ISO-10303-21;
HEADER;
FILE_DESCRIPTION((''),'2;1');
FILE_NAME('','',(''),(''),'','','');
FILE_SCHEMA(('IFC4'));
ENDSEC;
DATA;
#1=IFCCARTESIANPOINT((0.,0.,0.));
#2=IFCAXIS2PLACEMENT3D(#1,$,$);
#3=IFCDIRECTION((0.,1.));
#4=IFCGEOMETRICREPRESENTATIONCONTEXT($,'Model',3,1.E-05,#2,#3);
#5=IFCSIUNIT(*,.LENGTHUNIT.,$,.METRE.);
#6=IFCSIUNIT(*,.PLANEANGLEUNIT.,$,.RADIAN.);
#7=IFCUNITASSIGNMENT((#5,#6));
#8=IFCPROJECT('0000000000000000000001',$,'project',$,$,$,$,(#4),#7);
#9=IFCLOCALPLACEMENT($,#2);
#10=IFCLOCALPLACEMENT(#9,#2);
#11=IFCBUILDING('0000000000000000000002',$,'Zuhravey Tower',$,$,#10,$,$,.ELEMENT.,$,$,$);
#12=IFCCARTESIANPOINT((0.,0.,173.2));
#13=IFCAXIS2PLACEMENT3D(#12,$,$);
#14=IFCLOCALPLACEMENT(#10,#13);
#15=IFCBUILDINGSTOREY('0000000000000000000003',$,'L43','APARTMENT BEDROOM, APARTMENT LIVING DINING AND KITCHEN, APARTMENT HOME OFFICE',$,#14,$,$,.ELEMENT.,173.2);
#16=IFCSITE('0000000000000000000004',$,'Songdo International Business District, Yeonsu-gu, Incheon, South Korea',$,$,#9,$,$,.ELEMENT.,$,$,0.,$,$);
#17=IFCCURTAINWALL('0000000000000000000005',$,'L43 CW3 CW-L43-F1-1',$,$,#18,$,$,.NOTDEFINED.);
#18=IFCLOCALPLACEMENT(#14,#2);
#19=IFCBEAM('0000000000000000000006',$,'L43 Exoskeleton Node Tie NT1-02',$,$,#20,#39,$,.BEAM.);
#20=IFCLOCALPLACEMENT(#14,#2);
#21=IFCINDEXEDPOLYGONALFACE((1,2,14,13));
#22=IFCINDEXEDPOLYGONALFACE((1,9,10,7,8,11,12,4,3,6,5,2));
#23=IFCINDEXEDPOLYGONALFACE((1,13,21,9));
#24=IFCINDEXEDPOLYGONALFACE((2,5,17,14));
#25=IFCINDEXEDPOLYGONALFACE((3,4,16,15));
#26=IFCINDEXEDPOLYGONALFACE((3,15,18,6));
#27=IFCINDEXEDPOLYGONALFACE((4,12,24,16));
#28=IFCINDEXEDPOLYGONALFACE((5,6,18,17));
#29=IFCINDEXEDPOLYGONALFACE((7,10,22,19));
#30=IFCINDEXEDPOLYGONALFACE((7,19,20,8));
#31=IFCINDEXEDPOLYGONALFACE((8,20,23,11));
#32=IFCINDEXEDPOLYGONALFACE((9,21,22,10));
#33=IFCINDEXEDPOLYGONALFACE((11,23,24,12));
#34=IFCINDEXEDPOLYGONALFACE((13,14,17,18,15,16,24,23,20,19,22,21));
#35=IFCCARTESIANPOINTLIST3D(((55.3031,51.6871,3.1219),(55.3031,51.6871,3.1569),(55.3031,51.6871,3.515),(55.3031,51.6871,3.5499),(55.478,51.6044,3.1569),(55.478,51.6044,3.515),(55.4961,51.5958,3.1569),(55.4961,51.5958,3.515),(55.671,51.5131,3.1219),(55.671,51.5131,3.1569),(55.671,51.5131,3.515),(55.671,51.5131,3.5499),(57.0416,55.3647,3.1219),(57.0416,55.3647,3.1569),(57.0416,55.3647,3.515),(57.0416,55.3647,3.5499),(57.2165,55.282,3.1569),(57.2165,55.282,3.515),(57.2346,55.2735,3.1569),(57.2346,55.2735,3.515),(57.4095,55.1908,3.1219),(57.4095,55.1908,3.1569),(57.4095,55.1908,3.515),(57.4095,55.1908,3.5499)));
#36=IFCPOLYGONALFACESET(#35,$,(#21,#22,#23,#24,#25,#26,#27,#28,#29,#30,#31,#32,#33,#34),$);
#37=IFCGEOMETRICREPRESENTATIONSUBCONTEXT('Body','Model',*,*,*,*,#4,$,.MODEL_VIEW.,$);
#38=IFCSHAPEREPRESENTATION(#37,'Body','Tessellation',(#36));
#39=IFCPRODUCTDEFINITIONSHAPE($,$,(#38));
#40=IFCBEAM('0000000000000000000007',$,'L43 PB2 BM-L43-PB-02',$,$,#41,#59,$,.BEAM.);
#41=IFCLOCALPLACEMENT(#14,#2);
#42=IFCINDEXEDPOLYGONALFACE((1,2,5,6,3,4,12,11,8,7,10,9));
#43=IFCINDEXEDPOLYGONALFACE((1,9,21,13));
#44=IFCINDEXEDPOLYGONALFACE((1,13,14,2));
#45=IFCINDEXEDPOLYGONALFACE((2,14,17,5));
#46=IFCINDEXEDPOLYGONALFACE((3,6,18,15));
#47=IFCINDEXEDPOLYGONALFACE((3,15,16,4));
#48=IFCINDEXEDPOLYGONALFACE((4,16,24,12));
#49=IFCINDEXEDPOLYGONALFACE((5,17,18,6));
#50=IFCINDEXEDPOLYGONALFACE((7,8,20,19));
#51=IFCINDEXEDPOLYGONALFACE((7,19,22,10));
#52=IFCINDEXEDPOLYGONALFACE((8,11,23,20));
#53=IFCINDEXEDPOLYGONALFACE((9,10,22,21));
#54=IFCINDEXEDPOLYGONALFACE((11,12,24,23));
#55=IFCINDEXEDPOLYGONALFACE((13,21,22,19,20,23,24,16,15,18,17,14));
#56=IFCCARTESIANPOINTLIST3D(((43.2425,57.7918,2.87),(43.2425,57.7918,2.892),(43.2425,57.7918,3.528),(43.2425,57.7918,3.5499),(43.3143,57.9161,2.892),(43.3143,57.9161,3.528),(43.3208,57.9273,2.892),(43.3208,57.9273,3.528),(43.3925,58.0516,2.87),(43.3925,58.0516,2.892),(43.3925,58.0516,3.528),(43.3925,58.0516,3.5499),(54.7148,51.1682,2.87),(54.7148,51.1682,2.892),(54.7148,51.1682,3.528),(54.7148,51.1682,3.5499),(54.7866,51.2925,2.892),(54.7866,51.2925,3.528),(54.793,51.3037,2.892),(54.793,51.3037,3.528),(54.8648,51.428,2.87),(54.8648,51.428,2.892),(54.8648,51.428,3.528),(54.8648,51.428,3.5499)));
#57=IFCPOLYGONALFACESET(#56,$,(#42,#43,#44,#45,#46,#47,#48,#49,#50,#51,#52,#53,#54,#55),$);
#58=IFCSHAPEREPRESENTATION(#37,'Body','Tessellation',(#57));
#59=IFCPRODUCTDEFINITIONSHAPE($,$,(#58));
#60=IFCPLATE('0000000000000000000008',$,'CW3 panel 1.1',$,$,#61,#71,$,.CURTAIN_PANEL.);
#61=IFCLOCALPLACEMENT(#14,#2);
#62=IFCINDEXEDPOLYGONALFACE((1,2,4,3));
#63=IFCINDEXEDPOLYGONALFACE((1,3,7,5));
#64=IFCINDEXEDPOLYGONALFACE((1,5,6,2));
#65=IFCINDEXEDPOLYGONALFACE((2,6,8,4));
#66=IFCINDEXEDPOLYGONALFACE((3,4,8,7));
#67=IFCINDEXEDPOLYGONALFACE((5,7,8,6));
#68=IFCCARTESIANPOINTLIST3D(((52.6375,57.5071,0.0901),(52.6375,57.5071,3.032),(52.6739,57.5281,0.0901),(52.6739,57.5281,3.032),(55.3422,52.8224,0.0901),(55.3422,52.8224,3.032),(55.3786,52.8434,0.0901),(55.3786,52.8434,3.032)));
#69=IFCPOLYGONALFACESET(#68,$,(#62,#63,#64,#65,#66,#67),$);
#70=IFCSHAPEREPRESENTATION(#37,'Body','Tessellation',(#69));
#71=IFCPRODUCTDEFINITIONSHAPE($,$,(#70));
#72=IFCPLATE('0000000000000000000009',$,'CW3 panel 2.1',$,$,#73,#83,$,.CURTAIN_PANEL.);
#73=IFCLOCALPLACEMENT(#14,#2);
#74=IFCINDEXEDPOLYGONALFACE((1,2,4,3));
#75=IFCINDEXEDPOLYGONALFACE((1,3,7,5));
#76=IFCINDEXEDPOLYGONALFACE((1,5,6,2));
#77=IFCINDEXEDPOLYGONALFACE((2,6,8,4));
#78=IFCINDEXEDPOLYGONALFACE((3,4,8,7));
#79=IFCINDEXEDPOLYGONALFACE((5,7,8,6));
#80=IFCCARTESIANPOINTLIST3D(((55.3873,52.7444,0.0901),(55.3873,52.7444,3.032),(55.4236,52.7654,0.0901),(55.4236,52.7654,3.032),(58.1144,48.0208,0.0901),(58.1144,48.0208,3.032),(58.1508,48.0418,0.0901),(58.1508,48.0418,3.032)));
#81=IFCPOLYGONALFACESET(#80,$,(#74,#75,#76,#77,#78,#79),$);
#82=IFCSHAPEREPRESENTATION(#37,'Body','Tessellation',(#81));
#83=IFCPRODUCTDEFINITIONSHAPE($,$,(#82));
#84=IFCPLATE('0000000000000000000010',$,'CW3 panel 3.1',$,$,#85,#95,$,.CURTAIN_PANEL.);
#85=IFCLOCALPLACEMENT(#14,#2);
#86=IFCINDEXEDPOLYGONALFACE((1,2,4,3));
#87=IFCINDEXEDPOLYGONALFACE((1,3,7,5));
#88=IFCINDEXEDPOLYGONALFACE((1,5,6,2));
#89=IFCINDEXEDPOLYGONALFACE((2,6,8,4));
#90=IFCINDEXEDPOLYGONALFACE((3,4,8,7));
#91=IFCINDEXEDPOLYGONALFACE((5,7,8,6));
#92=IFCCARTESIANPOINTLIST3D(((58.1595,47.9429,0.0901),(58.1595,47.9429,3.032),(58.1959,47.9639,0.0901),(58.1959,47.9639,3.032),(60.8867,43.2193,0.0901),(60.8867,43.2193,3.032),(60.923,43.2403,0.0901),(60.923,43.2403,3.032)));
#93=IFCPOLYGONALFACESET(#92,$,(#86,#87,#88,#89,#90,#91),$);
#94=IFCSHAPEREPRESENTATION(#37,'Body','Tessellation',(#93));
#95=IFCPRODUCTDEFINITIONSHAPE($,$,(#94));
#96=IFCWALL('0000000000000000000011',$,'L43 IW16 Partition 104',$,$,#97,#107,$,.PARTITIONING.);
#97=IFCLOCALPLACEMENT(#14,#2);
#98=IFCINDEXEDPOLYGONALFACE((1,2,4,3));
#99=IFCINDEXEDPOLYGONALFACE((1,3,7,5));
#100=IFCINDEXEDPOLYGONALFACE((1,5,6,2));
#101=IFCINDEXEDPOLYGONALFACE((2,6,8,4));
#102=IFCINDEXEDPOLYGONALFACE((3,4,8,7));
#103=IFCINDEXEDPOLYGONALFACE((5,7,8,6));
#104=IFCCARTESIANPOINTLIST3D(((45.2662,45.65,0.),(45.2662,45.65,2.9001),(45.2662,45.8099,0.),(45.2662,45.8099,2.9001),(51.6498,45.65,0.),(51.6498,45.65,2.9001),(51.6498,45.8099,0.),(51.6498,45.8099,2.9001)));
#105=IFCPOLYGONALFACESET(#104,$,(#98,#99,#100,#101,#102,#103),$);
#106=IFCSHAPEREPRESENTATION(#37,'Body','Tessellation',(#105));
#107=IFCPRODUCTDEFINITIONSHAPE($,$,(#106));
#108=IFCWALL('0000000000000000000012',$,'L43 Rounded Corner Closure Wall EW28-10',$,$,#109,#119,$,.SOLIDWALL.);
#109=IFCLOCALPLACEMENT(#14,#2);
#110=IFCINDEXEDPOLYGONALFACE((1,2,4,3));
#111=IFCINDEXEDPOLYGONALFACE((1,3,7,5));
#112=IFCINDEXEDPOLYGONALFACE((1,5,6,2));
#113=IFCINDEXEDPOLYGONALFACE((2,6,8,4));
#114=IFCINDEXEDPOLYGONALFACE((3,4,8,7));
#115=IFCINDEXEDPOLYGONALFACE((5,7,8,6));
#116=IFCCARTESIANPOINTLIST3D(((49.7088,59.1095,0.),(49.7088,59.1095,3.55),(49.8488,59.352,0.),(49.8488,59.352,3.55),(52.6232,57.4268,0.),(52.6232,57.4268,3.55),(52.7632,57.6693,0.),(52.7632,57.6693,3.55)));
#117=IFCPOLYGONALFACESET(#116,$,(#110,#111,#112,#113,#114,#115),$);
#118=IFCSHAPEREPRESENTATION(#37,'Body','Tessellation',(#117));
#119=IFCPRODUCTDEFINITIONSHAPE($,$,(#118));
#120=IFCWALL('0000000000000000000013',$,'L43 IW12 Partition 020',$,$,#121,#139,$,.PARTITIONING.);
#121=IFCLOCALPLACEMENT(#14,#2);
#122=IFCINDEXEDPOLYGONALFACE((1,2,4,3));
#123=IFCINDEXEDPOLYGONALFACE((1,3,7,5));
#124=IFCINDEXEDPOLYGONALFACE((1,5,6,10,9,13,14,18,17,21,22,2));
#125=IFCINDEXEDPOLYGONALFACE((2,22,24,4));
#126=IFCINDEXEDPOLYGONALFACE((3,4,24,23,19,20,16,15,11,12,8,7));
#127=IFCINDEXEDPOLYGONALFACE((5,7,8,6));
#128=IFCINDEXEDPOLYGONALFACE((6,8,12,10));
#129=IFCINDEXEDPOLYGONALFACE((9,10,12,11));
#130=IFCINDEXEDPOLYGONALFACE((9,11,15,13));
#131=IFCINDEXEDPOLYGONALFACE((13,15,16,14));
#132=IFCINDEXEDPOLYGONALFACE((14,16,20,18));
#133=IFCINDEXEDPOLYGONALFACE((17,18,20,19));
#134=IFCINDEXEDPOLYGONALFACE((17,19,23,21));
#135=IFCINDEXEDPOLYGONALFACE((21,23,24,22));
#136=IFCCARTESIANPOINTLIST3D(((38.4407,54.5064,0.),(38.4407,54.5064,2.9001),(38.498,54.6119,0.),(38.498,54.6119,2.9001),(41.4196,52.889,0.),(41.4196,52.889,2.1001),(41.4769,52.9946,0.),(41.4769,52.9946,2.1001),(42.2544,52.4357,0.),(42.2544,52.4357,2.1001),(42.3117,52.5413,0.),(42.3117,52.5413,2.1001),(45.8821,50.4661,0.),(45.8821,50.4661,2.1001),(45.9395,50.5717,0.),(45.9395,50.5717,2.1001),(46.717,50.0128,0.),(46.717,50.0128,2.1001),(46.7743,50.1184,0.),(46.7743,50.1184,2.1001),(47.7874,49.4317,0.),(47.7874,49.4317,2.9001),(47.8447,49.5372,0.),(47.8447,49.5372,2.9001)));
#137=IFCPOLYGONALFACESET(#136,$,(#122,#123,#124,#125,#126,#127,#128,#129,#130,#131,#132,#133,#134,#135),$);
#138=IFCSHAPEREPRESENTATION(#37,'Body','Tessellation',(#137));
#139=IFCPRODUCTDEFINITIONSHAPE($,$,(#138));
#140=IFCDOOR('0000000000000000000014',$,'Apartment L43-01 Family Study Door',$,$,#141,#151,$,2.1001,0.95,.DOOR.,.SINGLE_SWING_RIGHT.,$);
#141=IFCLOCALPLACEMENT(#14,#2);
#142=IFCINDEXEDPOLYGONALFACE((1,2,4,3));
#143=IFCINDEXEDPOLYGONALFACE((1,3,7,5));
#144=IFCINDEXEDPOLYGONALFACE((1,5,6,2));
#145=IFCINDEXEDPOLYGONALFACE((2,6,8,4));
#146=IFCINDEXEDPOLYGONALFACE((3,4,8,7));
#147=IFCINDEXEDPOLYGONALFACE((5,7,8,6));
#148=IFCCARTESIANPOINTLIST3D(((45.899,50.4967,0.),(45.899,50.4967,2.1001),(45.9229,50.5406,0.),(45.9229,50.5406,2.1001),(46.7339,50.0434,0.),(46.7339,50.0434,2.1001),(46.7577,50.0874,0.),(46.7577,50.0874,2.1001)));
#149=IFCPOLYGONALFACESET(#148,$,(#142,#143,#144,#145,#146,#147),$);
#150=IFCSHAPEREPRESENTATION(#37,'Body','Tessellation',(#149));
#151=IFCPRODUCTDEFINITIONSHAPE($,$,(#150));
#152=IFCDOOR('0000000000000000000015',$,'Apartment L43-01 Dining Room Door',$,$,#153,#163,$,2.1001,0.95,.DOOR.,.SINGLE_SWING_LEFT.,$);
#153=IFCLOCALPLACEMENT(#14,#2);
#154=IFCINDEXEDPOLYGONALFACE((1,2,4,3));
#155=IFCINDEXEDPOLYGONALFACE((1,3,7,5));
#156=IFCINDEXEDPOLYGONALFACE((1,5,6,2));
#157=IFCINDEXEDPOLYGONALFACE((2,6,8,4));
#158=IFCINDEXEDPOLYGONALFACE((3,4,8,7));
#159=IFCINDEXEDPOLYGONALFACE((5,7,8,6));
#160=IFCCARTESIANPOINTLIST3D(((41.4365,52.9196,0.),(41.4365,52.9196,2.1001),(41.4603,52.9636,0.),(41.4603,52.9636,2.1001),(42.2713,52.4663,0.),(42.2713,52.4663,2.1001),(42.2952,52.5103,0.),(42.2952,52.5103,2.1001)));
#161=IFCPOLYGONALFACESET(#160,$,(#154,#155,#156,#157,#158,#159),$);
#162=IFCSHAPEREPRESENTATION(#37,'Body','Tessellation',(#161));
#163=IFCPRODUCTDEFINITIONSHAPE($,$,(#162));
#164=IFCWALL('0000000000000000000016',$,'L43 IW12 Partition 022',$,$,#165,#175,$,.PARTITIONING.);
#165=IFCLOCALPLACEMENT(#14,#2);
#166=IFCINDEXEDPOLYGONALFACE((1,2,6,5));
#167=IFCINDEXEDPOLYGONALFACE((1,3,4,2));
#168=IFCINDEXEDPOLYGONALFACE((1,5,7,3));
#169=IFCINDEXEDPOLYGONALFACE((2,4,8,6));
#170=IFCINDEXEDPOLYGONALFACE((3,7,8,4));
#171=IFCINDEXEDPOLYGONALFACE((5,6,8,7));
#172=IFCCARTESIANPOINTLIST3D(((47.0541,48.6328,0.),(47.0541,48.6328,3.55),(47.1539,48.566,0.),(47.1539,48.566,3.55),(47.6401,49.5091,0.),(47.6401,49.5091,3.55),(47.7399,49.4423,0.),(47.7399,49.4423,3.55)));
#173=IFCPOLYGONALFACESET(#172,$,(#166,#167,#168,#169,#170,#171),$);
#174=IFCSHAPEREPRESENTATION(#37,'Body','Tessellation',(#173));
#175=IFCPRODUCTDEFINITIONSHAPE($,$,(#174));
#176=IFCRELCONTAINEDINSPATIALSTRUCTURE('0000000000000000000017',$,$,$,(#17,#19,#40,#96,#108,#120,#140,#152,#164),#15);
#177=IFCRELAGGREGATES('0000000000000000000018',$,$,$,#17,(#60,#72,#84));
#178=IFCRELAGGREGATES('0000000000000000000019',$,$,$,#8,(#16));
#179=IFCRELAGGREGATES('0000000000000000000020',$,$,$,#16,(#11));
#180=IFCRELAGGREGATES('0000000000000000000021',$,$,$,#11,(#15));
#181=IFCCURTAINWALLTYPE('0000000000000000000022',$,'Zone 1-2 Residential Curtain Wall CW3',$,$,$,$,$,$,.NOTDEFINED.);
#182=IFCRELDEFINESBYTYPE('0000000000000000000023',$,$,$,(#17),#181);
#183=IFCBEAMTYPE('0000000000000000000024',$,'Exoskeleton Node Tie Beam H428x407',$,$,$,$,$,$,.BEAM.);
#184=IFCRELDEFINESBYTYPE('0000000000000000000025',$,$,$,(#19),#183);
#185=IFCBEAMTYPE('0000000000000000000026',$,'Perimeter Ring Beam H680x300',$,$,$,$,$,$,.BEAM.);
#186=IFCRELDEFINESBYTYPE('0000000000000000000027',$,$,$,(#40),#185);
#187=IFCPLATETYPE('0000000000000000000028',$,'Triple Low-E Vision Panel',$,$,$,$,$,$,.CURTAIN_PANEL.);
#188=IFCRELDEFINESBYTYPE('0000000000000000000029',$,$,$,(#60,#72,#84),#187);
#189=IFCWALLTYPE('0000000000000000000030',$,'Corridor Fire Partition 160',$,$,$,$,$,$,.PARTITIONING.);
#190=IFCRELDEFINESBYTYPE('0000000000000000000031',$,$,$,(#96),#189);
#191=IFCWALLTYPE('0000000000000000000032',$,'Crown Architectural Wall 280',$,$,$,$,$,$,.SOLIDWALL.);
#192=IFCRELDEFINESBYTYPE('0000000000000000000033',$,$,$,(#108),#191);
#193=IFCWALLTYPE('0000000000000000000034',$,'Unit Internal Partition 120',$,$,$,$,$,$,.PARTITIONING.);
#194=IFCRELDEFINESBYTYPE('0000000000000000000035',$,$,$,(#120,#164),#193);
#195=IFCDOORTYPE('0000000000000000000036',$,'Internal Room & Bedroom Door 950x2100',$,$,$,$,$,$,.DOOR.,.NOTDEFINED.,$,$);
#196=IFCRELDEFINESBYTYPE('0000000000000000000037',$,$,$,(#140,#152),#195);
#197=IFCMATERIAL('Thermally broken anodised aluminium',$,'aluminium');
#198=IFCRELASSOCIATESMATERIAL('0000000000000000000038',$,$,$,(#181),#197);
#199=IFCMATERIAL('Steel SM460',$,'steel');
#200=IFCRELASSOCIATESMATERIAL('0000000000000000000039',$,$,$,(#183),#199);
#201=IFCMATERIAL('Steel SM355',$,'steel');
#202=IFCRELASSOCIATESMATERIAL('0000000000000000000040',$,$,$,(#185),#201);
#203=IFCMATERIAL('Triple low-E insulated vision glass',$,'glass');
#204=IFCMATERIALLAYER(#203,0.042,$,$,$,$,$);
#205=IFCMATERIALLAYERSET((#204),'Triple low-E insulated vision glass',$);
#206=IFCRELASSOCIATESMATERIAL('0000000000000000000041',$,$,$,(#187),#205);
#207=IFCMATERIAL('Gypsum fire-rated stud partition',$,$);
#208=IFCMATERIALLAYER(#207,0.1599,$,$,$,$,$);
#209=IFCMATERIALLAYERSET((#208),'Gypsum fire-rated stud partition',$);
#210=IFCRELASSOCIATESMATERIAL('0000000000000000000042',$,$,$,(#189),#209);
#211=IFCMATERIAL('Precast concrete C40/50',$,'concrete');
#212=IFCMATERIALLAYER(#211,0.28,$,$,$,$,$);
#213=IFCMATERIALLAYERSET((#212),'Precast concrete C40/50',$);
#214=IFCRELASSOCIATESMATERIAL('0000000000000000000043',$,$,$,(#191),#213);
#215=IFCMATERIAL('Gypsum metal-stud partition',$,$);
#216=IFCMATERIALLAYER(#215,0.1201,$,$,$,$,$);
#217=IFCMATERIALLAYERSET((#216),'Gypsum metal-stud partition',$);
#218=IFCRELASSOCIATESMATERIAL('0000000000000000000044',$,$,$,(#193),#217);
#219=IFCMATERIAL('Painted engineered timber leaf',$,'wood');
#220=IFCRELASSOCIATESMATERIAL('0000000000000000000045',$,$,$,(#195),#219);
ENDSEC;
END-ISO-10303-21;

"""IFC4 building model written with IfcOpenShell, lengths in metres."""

from ifc_helpers import new_model, si_unit, direction, frame, frame_2d, origin, origin_2d, place, context, subcontext, project, spatial, rectangle, i_section, extrude, material, layer, layer_set, material_profile, profile_set, type_object, element, fill, aggregate, save


model = new_model("IFC4")

# Units and contexts
model_context = context("Model", 3, precision=1e-05, world=origin(), true_north=direction((0.0, 1.0)))
body_context = subcontext(model_context, "Body", "Model", "MODEL_VIEW")
ifc_project = project(units=[si_unit("LENGTHUNIT", "METRE"), si_unit("PLANEANGLEUNIT", "RADIAN")], contexts=[model_context])

# Site, building, storey
site_placement = place(None, origin())
site = spatial("IfcSite", under=ifc_project, at=site_placement, Name="Songdo International Business District, Yeonsu-gu, Incheon, South Korea", CompositionType="ELEMENT", RefElevation=0.0)
building_placement = place(site_placement, origin())
building = spatial("IfcBuilding", under=site, at=building_placement, Name="Zuhravey Tower", CompositionType="ELEMENT")
storey_placement = place(building_placement, frame((0.0, 0.0, 173.2)))
storey = spatial("IfcBuildingStorey", under=building, at=storey_placement, Name="L43", Description="APARTMENT BEDROOM, APARTMENT LIVING DINING AND KITCHEN, APARTMENT HOME OFFICE", CompositionType="ELEMENT", Elevation=173.2)

# Shared definitions
ifc_material_1 = material(Name="Thermally broken anodised aluminium", Category="aluminium")
curtain_wall_type = type_object("IfcCurtainWallType", Name="Zone 1-2 Residential Curtain Wall CW3", PredefinedType="NOTDEFINED", material=ifc_material_1)

# Curtain wall
curtain_wall_1_placement = place(storey_placement, origin())
curtain_wall_1 = element("IfcCurtainWall", 1, at=curtain_wall_1_placement, inside=storey, type_object=curtain_wall_type, Name="L43 CW3 CW-L43-F1-1", PredefinedType="NOTDEFINED")

# Beams
ifc_material_2 = material(Name="Steel SM460", Category="steel")
ifc_material_profile_1 = material_profile(ifc_material_2, i_section(OverallWidth=0.407, OverallDepth=0.428, WebThickness=0.02, FlangeThickness=0.0349, at=origin_2d()), Name="H-428x407x20x35")
ifc_profile_set_1 = profile_set([ifc_material_profile_1], Name="Steel SM460")
beam_type_1 = type_object("IfcBeamType", Name="Exoskeleton Node Tie Beam H428x407", PredefinedType="BEAM", material=ifc_profile_set_1)
beam_1_placement = place(storey_placement, frame((55.4871, 51.6001, 3.3359), z_axis=(0.427372, 0.904076, 0.0), x_axis=(-0.904076, 0.427372, 0.0)))
element("IfcBeam", 2, at=beam_1_placement, inside=storey, type_object=beam_type_1, Name="L43 Exoskeleton Node Tie NT1-02", PredefinedType="BEAM", context=body_context, shape_type="SweptSolid", body=[
    extrude(i_section(OverallWidth=0.407, OverallDepth=0.428, WebThickness=0.02, FlangeThickness=0.0349, at=origin_2d()), origin(), (0.0, 0.0, 1.0), 4.0679),
])
ifc_material_3 = material(Name="Steel SM355", Category="steel")
ifc_material_profile_2 = material_profile(ifc_material_3, i_section(OverallWidth=0.3, OverallDepth=0.6799, WebThickness=0.0129, FlangeThickness=0.022, at=origin_2d()), Name="H-680x300x13x22")
ifc_profile_set_2 = profile_set([ifc_material_profile_2], Name="Steel SM355")
beam_type_2 = type_object("IfcBeamType", Name="Perimeter Ring Beam H680x300", PredefinedType="BEAM", material=ifc_profile_set_2)
beam_2_placement = place(storey_placement, frame((54.7898, 51.2981, 3.21), z_axis=(-0.866023, 0.500004, 0.0), x_axis=(-0.500004, -0.866023, 0.0)))
element("IfcBeam", 3, at=beam_2_placement, inside=storey, type_object=beam_type_2, Name="L43 PB2 BM-L43-PB-02", PredefinedType="BEAM", context=body_context, shape_type="SweptSolid", body=[
    extrude(i_section(OverallWidth=0.3, OverallDepth=0.6799, WebThickness=0.0129, FlangeThickness=0.022, at=origin_2d()), origin(), (0.0, 0.0, 1.0), 13.2471),
])

# Plates
ifc_material_4 = material(Name="Triple low-E insulated vision glass", Category="glass")
ifc_layer_1 = layer(ifc_material_4, 0.042)
ifc_layer_set_1 = layer_set([ifc_layer_1], Name="Triple low-E insulated vision glass")
plate_type = type_object("IfcPlateType", Name="Triple Low-E Vision Panel", PredefinedType="CURTAIN_PANEL", material=ifc_layer_set_1)
plate_1_placement = place(storey_placement, frame((54.0081, 55.1753, 0.0901), z_axis=(0.0, 0.0, 1.0), x_axis=(0.5, -0.866025, 0.0)))
plate_1 = element("IfcPlate", 4, at=plate_1_placement, type_object=plate_type, Name="CW3 panel 1.1", PredefinedType="CURTAIN_PANEL", context=body_context, shape_type="SweptSolid", body=[
    extrude(rectangle(XDim=5.4094, YDim=0.042, at=origin_2d()), origin(), (0.0, 0.0, 1.0), 2.9419),
])
plate_2_placement = place(storey_placement, frame((56.769, 50.3931, 0.0901), z_axis=(0.0, 0.0, 1.0), x_axis=(0.5, -0.866025, 0.0)))
plate_2 = element("IfcPlate", 5, at=plate_2_placement, type_object=plate_type, Name="CW3 panel 2.1", PredefinedType="CURTAIN_PANEL", context=body_context, shape_type="SweptSolid", body=[
    extrude(rectangle(XDim=5.4543, YDim=0.042, at=origin_2d()), origin(), (0.0, 0.0, 1.0), 2.9419),
])
plate_3_placement = place(storey_placement, frame((59.5413, 45.5916, 0.0901), z_axis=(0.0, 0.0, 1.0), x_axis=(0.5, -0.866025, 0.0)))
plate_3 = element("IfcPlate", 6, at=plate_3_placement, type_object=plate_type, Name="CW3 panel 3.1", PredefinedType="CURTAIN_PANEL", context=body_context, shape_type="SweptSolid", body=[
    extrude(rectangle(XDim=5.4543, YDim=0.042, at=origin_2d()), origin(), (0.0, 0.0, 1.0), 2.9419),
])
aggregate(curtain_wall_1, [plate_1, plate_2, plate_3])

# Walls
ifc_material_5 = material(Name="Gypsum fire-rated stud partition")
ifc_layer_2 = layer(ifc_material_5, 0.1599)
ifc_layer_set_2 = layer_set([ifc_layer_2], Name="Gypsum fire-rated stud partition")
wall_type_1 = type_object("IfcWallType", Name="Corridor Fire Partition 160", PredefinedType="PARTITIONING", material=ifc_layer_set_2)
wall_1_placement = place(storey_placement, frame((51.6499, 45.73, 0.0), z_axis=(0.0, 0.0, 1.0), x_axis=(-1.0, 0.0, 0.0)))
element("IfcWall", 7, at=wall_1_placement, inside=storey, type_object=wall_type_1, Name="L43 IW16 Partition 104", PredefinedType="PARTITIONING", context=body_context, shape_type="SweptSolid", body=[
    extrude(rectangle(XDim=6.3835, YDim=0.1599, at=frame_2d((3.1919, 0.0))), origin(), (0.0, 0.0, 1.0), 2.9001),
])
ifc_material_6 = material(Name="Precast concrete C40/50", Category="concrete")
ifc_layer_3 = layer(ifc_material_6, 0.28)
ifc_layer_set_3 = layer_set([ifc_layer_3], Name="Precast concrete C40/50")
wall_type_2 = type_object("IfcWallType", Name="Crown Architectural Wall 280", PredefinedType="SOLIDWALL", material=ifc_layer_set_3)
wall_2_placement = place(storey_placement, frame((49.7788, 59.2307, 0.0), z_axis=(0.0, 0.0, 1.0), x_axis=(0.86602, -0.500009, 0.0)))
element("IfcWall", 8, at=wall_2_placement, inside=storey, type_object=wall_type_2, Name="L43 Rounded Corner Closure Wall EW28-10", PredefinedType="SOLIDWALL", context=body_context, shape_type="SweptSolid", body=[
    extrude(rectangle(XDim=3.3652, YDim=0.28, at=frame_2d((1.6826, 0.0))), origin(), (0.0, 0.0, 1.0), 3.55),
])

# Wall, openings, doors
ifc_material_7 = material(Name="Gypsum metal-stud partition")
ifc_layer_4 = layer(ifc_material_7, 0.1201)
ifc_layer_set_4 = layer_set([ifc_layer_4], Name="Gypsum metal-stud partition")
wall_type_3 = type_object("IfcWallType", Name="Unit Internal Partition 120", PredefinedType="PARTITIONING", material=ifc_layer_set_4)
wall_3_placement = place(storey_placement, frame((47.8162, 49.4844, 0.0), z_axis=(0.0, 0.0, 1.0), x_axis=(-0.878822, 0.47715, 0.0)))
wall_3 = element("IfcWall", 9, at=wall_3_placement, inside=storey, type_object=wall_type_3, Name="L43 IW12 Partition 020", PredefinedType="PARTITIONING", context=body_context, shape_type="SweptSolid", body=[
    extrude(rectangle(XDim=10.6355, YDim=0.1201, at=frame_2d((5.3179, 0.0))), origin(), (0.0, 0.0, 1.0), 2.9001),
])
opening_1_placement = place(wall_3_placement, frame((1.218, 0.0, 0.0)))
opening_1 = element("IfcOpeningElement", 10, at=opening_1_placement, cuts=wall_3, PredefinedType="OPENING", context=body_context, shape_type="SweptSolid", body=[
    extrude(rectangle(XDim=0.95, YDim=2.1001, at=frame_2d((0.4751, 1.05))), frame((0.0, 0.072, 0.0), z_axis=(0.0, -1.0, 0.0), x_axis=(1.0, 0.0, 0.0)), (0.0, 0.0, 1.0), 0.144),
])
opening_2_placement = place(wall_3_placement, frame((6.2959, 0.0, 0.0)))
opening_2 = element("IfcOpeningElement", 11, at=opening_2_placement, cuts=wall_3, PredefinedType="OPENING", context=body_context, shape_type="SweptSolid", body=[
    extrude(rectangle(XDim=0.95, YDim=2.1001, at=frame_2d((0.4751, 1.05))), frame((0.0, 0.072, 0.0), z_axis=(0.0, -1.0, 0.0), x_axis=(1.0, 0.0, 0.0)), (0.0, 0.0, 1.0), 0.144),
])
ifc_material_8 = material(Name="Painted engineered timber leaf", Category="wood")
door_type = type_object("IfcDoorType", Name="Internal Room & Bedroom Door 950x2100", OperationType="NOTDEFINED", PredefinedType="DOOR", material=ifc_material_8)
door_1_placement = place(opening_1_placement, frame((0.95, 0.0, 0.0), z_axis=(0.0, 0.0, 1.0), x_axis=(-1.0, 0.0, 0.0)))
door_1 = element("IfcDoor", 12, at=door_1_placement, inside=storey, type_object=door_type, Name="Apartment L43-01 Family Study Door", OperationType="SINGLE_SWING_RIGHT", OverallHeight=2.1001, OverallWidth=0.95, PredefinedType="DOOR", context=body_context, shape_type="SweptSolid", body=[
    extrude(rectangle(XDim=0.95, YDim=2.1001, at=frame_2d((0.4751, 1.05))), frame((0.0, 0.0249, 0.0), z_axis=(0.0, -1.0, 0.0), x_axis=(1.0, 0.0, 0.0)), (0.0, 0.0, 1.0), 0.05),
])
fill(opening_1, door_1)
door_2_placement = place(opening_2_placement, frame((0.95, 0.0, 0.0), z_axis=(0.0, 0.0, 1.0), x_axis=(-1.0, 0.0, 0.0)))
door_2 = element("IfcDoor", 13, at=door_2_placement, inside=storey, type_object=door_type, Name="Apartment L43-01 Dining Room Door", OperationType="SINGLE_SWING_LEFT", OverallHeight=2.1001, OverallWidth=0.95, PredefinedType="DOOR", context=body_context, shape_type="SweptSolid", body=[
    extrude(rectangle(XDim=0.95, YDim=2.1001, at=frame_2d((0.4751, 1.05))), frame((0.0, 0.0249, 0.0), z_axis=(0.0, -1.0, 0.0), x_axis=(1.0, 0.0, 0.0)), (0.0, 0.0, 1.0), 0.05),
])
fill(opening_2, door_2)

# Wall
wall_4_placement = place(storey_placement, frame((47.104, 48.5994, 0.0), z_axis=(0.0, 0.0, 1.0), x_axis=(0.555876, 0.831266, 0.0)))
element("IfcWall", 14, at=wall_4_placement, inside=storey, type_object=wall_type_3, Name="L43 IW12 Partition 022", PredefinedType="PARTITIONING", context=body_context, shape_type="SweptSolid", body=[
    extrude(rectangle(XDim=1.0542, YDim=0.1201, at=frame_2d((0.5271, 0.0))), origin(), (0.0, 0.0, 1.0), 3.55),
])

save(model, "model.ifc")
